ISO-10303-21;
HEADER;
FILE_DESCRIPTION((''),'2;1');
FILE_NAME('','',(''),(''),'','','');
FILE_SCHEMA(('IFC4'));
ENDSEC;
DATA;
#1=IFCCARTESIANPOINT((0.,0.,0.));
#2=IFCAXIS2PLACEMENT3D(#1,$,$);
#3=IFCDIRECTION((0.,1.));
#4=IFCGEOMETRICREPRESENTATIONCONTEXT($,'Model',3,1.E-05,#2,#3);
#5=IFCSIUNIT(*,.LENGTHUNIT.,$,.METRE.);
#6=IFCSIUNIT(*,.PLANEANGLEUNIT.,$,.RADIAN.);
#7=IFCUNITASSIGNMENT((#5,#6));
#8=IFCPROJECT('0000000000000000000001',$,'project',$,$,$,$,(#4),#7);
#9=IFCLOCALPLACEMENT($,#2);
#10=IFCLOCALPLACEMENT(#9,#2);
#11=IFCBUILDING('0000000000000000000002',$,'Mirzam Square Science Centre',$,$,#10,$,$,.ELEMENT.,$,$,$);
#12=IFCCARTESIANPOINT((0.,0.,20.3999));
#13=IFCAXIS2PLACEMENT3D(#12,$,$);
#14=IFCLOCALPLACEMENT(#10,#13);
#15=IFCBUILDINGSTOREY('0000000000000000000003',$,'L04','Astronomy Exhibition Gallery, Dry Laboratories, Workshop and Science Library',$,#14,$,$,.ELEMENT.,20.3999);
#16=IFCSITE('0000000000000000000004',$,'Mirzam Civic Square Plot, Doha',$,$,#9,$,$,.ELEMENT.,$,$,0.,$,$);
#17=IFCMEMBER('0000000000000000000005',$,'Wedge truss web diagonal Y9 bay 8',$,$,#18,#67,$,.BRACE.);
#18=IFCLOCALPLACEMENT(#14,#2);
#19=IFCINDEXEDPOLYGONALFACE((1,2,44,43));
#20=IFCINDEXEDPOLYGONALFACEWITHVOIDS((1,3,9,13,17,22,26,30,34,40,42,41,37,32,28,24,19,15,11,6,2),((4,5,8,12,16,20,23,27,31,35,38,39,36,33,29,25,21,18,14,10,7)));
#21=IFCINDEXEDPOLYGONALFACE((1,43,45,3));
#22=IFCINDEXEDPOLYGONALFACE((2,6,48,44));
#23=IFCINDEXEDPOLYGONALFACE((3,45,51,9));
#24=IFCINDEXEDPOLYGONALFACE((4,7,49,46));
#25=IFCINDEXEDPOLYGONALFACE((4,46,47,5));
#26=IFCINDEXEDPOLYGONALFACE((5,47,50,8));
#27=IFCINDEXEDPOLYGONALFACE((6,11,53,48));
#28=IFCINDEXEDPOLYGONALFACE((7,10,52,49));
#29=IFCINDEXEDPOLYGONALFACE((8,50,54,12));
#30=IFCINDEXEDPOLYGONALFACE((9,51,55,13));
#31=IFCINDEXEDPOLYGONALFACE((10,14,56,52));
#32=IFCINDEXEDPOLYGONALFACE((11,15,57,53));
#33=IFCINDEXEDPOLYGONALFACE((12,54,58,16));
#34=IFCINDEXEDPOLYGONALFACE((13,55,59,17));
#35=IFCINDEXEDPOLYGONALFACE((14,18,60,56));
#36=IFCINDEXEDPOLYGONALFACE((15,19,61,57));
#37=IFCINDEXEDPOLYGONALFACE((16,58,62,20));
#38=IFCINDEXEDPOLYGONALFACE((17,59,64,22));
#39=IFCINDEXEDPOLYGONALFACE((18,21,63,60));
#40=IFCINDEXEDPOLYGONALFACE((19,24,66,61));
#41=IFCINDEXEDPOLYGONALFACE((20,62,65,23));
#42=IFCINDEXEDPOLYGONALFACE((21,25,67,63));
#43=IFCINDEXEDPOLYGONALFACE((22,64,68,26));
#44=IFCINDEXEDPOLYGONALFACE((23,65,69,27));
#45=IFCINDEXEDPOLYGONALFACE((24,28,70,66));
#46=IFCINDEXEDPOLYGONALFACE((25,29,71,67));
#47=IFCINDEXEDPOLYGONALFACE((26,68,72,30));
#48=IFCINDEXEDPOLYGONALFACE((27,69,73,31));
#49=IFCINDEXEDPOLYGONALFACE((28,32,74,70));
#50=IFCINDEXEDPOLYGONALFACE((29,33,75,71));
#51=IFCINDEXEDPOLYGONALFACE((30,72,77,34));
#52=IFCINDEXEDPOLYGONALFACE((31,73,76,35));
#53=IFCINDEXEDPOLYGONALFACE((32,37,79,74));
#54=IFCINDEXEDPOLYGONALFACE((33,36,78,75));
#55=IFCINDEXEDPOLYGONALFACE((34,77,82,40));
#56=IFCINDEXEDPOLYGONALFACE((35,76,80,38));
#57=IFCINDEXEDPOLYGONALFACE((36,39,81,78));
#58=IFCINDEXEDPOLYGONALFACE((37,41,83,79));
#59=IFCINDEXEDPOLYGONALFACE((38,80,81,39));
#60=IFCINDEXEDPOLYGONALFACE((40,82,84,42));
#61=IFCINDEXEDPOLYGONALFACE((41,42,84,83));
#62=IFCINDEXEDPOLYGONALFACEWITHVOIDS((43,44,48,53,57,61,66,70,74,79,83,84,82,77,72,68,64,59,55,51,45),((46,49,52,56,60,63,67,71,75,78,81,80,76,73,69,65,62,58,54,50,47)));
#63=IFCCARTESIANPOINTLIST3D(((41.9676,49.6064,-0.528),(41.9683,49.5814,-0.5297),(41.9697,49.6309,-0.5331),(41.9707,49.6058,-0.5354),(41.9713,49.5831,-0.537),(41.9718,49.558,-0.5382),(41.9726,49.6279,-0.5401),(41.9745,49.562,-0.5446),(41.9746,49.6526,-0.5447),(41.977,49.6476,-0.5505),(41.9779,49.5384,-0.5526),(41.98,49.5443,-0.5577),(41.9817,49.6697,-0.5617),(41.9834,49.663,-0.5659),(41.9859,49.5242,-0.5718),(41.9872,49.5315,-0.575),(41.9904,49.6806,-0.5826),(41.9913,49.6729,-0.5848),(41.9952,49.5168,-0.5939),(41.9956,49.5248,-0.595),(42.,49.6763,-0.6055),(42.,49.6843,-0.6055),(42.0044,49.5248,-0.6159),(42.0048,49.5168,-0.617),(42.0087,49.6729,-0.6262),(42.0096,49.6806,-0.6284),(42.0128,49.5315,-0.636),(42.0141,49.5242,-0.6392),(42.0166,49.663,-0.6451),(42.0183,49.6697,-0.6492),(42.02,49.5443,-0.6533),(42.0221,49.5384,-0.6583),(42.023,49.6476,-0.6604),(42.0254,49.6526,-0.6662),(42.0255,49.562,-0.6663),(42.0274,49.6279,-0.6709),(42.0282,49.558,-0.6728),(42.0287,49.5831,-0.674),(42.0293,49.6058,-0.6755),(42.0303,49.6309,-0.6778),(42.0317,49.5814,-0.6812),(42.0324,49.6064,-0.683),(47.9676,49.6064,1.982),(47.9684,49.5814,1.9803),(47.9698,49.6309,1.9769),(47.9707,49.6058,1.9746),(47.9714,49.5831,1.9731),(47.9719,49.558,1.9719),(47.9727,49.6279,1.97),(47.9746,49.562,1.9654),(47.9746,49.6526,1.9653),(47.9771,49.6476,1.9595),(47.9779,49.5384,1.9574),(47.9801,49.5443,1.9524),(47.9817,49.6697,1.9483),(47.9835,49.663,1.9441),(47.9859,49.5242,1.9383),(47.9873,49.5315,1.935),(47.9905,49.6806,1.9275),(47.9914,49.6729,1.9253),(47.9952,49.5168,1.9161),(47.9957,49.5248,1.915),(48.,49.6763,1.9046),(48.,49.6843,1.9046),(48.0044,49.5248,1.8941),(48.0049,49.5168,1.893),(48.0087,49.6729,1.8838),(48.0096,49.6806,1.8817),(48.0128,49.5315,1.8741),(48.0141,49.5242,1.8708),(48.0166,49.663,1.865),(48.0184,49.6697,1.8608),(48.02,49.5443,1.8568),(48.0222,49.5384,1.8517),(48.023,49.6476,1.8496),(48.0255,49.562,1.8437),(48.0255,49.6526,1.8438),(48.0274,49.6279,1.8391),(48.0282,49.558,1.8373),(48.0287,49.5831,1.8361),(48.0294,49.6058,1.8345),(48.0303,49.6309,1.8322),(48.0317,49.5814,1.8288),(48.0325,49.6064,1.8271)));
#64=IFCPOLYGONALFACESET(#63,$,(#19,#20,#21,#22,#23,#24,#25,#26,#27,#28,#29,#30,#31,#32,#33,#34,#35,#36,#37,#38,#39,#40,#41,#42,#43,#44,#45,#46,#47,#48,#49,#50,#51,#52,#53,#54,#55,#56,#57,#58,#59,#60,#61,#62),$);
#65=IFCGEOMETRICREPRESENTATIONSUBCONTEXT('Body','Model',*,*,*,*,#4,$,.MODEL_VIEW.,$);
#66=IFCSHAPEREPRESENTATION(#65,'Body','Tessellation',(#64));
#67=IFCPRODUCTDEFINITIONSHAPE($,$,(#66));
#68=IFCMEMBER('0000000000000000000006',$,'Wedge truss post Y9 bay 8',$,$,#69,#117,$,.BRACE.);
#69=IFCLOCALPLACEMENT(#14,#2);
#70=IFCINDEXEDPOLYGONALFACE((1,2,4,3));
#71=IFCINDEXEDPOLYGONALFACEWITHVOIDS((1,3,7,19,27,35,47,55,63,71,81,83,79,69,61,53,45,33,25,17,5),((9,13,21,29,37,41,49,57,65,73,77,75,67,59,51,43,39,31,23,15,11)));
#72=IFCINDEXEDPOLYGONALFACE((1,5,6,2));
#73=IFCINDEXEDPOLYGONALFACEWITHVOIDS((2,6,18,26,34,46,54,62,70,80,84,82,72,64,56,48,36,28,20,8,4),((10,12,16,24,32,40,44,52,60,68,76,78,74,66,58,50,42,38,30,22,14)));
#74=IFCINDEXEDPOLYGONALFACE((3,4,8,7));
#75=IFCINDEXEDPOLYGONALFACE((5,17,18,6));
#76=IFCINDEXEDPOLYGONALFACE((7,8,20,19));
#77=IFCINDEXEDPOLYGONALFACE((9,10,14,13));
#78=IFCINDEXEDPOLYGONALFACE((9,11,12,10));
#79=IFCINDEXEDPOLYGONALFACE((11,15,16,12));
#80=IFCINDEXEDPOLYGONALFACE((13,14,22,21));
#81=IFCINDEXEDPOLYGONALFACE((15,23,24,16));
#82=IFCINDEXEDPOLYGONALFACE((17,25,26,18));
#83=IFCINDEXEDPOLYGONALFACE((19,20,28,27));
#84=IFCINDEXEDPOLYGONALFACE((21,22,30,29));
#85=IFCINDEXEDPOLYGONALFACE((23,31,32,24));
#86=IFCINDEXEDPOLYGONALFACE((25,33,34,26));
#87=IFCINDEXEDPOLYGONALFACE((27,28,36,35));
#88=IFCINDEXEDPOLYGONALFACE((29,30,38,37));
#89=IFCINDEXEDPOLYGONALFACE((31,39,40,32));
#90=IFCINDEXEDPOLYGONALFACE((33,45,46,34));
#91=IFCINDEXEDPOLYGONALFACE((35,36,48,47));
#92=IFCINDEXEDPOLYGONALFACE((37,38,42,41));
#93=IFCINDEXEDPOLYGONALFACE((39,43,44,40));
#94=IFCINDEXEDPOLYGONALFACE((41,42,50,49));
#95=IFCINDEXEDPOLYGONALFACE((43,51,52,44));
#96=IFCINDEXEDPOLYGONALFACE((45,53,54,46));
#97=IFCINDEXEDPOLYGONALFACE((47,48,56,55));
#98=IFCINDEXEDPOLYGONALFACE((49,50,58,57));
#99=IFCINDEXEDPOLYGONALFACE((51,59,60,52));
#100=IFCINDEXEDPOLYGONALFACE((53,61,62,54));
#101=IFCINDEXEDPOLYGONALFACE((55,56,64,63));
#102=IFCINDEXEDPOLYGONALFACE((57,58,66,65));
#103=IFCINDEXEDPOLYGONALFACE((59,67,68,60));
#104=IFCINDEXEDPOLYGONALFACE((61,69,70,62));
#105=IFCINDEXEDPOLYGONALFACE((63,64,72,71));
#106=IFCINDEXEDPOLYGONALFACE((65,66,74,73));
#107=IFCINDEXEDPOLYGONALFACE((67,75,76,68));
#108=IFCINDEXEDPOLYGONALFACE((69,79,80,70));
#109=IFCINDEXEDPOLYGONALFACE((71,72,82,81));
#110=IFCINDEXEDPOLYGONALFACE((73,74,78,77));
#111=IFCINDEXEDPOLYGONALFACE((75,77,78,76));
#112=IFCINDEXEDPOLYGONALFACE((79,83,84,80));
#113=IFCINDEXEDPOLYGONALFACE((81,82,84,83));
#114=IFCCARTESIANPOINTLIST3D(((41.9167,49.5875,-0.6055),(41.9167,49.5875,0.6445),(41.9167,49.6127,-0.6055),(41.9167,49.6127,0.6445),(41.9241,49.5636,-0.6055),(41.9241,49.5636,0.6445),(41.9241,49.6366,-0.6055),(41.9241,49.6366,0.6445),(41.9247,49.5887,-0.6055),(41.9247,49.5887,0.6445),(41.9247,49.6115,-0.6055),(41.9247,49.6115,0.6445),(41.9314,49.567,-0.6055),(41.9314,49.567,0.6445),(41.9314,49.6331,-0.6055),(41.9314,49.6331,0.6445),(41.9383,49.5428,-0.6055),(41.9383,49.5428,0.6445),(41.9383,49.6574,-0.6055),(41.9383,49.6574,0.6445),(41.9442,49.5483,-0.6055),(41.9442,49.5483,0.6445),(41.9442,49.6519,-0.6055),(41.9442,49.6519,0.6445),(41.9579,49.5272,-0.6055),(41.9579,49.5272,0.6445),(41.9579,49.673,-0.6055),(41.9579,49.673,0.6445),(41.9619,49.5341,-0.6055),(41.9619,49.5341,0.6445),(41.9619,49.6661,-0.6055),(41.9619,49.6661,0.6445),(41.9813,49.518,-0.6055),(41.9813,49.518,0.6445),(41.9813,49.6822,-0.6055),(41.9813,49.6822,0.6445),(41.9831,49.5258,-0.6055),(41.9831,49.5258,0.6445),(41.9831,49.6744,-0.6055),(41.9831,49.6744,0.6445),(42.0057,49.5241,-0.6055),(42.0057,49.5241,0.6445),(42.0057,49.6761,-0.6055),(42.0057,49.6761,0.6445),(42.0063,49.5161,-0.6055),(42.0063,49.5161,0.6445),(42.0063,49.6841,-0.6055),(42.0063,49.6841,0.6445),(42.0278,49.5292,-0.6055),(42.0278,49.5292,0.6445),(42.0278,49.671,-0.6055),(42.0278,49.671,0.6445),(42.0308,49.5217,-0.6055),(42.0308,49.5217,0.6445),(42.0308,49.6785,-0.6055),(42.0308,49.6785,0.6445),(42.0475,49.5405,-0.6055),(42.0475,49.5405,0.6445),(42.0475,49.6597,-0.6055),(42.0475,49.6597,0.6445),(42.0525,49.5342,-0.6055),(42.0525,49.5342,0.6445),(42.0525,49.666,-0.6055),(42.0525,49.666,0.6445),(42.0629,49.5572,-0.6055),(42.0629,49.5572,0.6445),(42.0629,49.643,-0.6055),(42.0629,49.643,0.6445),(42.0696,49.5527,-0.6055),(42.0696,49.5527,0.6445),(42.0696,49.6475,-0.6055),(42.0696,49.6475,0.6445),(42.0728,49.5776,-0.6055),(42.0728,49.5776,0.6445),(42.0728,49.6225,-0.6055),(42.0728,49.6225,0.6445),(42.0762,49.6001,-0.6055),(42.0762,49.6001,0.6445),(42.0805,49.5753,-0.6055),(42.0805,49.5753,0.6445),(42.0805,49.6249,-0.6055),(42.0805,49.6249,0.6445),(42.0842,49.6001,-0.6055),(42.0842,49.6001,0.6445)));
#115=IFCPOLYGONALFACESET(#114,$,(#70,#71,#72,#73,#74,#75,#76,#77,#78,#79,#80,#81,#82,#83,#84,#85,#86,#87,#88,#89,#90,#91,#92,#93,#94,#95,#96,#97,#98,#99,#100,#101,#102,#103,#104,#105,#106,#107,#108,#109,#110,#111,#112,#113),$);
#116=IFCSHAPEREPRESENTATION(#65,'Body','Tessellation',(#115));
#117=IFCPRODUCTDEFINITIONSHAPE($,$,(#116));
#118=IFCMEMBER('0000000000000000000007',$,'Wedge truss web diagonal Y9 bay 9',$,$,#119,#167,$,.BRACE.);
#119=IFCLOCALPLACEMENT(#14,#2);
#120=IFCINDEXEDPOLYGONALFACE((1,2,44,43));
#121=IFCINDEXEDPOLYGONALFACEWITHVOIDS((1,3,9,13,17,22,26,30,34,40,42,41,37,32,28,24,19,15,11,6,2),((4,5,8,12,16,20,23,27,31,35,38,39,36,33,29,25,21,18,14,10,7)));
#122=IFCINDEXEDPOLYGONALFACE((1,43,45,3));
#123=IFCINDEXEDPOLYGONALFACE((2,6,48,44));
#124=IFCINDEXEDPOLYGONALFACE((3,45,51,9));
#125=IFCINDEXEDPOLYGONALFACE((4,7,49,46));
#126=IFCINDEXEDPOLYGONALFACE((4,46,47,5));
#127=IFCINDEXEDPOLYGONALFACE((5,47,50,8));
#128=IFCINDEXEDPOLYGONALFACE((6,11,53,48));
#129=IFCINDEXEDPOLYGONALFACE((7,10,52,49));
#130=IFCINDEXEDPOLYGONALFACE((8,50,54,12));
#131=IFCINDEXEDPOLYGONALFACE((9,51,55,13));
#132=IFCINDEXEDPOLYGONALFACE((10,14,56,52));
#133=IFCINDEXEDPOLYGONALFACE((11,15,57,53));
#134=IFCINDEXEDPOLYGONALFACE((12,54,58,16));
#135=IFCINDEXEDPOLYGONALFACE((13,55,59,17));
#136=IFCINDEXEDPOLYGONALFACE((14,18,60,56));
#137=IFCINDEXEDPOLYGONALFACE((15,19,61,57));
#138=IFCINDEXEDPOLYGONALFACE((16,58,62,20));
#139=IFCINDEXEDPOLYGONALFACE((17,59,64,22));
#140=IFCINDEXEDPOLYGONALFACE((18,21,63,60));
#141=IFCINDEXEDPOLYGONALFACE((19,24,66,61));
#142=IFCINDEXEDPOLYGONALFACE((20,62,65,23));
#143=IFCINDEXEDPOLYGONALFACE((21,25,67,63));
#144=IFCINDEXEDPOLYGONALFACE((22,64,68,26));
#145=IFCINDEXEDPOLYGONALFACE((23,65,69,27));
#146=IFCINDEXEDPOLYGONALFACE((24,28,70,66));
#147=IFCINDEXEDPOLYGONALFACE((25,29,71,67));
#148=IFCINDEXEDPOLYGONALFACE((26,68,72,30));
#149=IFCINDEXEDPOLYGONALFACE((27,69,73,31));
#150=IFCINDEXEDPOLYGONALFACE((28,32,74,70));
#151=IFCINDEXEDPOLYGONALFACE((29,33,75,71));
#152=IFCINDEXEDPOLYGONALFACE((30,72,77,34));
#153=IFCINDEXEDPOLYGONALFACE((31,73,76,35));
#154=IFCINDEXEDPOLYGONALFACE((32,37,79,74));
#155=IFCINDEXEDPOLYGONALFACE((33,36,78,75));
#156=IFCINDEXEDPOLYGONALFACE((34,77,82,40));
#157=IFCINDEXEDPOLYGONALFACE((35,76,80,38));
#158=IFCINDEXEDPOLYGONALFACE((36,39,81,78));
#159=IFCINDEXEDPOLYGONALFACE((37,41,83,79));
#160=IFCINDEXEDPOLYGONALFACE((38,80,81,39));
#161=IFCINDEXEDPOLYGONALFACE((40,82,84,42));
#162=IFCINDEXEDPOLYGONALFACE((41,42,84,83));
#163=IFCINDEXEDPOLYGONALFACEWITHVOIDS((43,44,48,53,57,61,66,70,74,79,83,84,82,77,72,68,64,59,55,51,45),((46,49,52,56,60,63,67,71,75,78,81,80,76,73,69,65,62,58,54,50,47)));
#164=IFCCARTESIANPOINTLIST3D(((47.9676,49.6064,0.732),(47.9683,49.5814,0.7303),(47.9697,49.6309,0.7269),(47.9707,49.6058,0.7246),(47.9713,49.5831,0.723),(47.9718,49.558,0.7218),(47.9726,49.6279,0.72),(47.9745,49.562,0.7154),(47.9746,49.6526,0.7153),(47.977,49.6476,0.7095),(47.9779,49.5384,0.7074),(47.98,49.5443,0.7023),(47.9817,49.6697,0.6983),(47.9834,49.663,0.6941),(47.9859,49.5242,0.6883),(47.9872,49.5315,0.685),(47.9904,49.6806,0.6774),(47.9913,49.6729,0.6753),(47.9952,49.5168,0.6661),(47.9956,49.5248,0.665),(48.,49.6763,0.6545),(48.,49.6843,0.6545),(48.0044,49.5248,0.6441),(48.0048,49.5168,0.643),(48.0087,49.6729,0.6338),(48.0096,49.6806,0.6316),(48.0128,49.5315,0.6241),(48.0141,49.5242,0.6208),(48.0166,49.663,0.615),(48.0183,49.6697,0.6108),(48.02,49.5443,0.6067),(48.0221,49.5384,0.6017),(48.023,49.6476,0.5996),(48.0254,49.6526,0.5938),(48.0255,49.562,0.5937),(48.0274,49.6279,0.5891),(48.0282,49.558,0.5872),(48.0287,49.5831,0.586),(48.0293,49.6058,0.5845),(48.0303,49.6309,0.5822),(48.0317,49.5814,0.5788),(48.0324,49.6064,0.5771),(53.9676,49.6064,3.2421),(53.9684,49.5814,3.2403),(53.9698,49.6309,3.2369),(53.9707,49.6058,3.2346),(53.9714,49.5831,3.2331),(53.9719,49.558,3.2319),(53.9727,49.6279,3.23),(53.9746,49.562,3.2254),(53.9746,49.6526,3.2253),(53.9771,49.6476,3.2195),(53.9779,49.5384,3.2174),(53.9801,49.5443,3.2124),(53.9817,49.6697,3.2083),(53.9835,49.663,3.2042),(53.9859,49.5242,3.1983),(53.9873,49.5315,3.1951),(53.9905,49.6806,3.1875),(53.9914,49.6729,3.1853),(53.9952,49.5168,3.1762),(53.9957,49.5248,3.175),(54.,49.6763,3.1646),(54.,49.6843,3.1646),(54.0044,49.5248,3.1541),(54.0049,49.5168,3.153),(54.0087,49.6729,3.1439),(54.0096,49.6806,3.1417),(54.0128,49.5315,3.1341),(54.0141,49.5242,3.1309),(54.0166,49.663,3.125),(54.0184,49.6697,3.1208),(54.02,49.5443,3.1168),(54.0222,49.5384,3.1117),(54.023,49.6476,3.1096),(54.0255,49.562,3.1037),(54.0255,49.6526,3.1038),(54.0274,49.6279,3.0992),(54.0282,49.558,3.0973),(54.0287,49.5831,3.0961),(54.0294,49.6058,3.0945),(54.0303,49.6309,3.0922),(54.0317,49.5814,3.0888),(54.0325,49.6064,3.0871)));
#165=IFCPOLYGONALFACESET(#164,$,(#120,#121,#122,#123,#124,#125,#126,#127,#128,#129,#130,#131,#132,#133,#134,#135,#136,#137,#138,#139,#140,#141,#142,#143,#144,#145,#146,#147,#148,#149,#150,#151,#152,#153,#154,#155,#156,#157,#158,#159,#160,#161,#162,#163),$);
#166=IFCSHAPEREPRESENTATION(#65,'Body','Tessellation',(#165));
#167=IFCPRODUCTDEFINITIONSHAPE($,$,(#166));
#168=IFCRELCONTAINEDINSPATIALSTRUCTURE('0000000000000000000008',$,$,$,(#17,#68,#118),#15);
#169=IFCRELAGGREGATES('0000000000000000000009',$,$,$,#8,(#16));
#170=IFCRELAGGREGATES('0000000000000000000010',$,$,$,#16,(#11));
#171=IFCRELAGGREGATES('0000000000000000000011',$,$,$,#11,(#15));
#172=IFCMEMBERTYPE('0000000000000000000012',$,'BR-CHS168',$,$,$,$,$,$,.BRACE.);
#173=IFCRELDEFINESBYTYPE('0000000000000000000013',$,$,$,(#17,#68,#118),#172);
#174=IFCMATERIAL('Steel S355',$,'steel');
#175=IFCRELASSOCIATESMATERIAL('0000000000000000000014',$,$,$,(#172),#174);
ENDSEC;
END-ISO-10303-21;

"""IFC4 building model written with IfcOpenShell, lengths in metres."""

from ifc_helpers import new_model, si_unit, direction, frame, origin, origin_2d, place, context, subcontext, project, spatial, hollow_circle, extrude, material, material_profile, profile_set, type_object, element, save


model = new_model("IFC4")

# Units and contexts
model_context = context("Model", 3, precision=1e-05, world=origin(), true_north=direction((0.0, 1.0)))
body_context = subcontext(model_context, "Body", "Model", "MODEL_VIEW")
ifc_project = project(units=[si_unit("LENGTHUNIT", "METRE"), si_unit("PLANEANGLEUNIT", "RADIAN")], contexts=[model_context])

# Site, building, storey
site_placement = place(None, origin())
site = spatial("IfcSite", under=ifc_project, at=site_placement, Name="Mirzam Civic Square Plot, Doha", CompositionType="ELEMENT", RefElevation=0.0)
building_placement = place(site_placement, origin())
building = spatial("IfcBuilding", under=site, at=building_placement, Name="Mirzam Square Science Centre", CompositionType="ELEMENT")
storey_placement = place(building_placement, frame((0.0, 0.0, 20.3999)))
storey = spatial("IfcBuildingStorey", under=building, at=storey_placement, Name="L04", Description="Astronomy Exhibition Gallery, Dry Laboratories, Workshop and Science Library", CompositionType="ELEMENT", Elevation=20.3999)

# Members
ifc_material = material(Name="Steel S355", Category="steel")
ifc_material_profile_1 = material_profile(ifc_material, hollow_circle(Radius=0.0842, WallThickness=0.0081, at=origin_2d()), Name="168.3x8.0CHS")
ifc_profile_set_1 = profile_set([ifc_material_profile_1], Name="Steel S355")
member_type_1 = type_object("IfcMemberType", Name="BR-CHS168", PredefinedType="BRACE", material=ifc_profile_set_1)
member_1_placement = place(storey_placement, frame((42.0, 49.6001, -0.6055), z_axis=(0.92253, 0.0, 0.385926), x_axis=(0.0, 1.0, 0.0)))
element("IfcMember", 1, at=member_1_placement, inside=storey, type_object=member_type_1, Name="Wedge truss web diagonal Y9 bay 8", PredefinedType="BRACE", context=body_context, shape_type="SweptSolid", body=[
    extrude(hollow_circle(Radius=0.0842, WallThickness=0.0081, at=origin_2d()), origin(), (0.0, 0.0, 1.0), 6.5039),
])
member_2_placement = place(storey_placement, frame((42.0, 49.6001, -0.6055), z_axis=(0.0, 0.0, 1.0), x_axis=(1.0, 0.0, 0.0)))
element("IfcMember", 2, at=member_2_placement, inside=storey, type_object=member_type_1, Name="Wedge truss post Y9 bay 8", PredefinedType="BRACE", context=body_context, shape_type="SweptSolid", body=[
    extrude(hollow_circle(Radius=0.0842, WallThickness=0.0081, at=origin_2d()), origin(), (0.0, 0.0, 1.0), 1.25),
])
member_3_placement = place(storey_placement, frame((48.0, 49.6001, 0.6545), z_axis=(0.92253, 0.0, 0.385926), x_axis=(0.0, 1.0, 0.0)))
element("IfcMember", 3, at=member_3_placement, inside=storey, type_object=member_type_1, Name="Wedge truss web diagonal Y9 bay 9", PredefinedType="BRACE", context=body_context, shape_type="SweptSolid", body=[
    extrude(hollow_circle(Radius=0.0842, WallThickness=0.0081, at=origin_2d()), origin(), (0.0, 0.0, 1.0), 6.5039),
])

save(model, "model.ifc")
